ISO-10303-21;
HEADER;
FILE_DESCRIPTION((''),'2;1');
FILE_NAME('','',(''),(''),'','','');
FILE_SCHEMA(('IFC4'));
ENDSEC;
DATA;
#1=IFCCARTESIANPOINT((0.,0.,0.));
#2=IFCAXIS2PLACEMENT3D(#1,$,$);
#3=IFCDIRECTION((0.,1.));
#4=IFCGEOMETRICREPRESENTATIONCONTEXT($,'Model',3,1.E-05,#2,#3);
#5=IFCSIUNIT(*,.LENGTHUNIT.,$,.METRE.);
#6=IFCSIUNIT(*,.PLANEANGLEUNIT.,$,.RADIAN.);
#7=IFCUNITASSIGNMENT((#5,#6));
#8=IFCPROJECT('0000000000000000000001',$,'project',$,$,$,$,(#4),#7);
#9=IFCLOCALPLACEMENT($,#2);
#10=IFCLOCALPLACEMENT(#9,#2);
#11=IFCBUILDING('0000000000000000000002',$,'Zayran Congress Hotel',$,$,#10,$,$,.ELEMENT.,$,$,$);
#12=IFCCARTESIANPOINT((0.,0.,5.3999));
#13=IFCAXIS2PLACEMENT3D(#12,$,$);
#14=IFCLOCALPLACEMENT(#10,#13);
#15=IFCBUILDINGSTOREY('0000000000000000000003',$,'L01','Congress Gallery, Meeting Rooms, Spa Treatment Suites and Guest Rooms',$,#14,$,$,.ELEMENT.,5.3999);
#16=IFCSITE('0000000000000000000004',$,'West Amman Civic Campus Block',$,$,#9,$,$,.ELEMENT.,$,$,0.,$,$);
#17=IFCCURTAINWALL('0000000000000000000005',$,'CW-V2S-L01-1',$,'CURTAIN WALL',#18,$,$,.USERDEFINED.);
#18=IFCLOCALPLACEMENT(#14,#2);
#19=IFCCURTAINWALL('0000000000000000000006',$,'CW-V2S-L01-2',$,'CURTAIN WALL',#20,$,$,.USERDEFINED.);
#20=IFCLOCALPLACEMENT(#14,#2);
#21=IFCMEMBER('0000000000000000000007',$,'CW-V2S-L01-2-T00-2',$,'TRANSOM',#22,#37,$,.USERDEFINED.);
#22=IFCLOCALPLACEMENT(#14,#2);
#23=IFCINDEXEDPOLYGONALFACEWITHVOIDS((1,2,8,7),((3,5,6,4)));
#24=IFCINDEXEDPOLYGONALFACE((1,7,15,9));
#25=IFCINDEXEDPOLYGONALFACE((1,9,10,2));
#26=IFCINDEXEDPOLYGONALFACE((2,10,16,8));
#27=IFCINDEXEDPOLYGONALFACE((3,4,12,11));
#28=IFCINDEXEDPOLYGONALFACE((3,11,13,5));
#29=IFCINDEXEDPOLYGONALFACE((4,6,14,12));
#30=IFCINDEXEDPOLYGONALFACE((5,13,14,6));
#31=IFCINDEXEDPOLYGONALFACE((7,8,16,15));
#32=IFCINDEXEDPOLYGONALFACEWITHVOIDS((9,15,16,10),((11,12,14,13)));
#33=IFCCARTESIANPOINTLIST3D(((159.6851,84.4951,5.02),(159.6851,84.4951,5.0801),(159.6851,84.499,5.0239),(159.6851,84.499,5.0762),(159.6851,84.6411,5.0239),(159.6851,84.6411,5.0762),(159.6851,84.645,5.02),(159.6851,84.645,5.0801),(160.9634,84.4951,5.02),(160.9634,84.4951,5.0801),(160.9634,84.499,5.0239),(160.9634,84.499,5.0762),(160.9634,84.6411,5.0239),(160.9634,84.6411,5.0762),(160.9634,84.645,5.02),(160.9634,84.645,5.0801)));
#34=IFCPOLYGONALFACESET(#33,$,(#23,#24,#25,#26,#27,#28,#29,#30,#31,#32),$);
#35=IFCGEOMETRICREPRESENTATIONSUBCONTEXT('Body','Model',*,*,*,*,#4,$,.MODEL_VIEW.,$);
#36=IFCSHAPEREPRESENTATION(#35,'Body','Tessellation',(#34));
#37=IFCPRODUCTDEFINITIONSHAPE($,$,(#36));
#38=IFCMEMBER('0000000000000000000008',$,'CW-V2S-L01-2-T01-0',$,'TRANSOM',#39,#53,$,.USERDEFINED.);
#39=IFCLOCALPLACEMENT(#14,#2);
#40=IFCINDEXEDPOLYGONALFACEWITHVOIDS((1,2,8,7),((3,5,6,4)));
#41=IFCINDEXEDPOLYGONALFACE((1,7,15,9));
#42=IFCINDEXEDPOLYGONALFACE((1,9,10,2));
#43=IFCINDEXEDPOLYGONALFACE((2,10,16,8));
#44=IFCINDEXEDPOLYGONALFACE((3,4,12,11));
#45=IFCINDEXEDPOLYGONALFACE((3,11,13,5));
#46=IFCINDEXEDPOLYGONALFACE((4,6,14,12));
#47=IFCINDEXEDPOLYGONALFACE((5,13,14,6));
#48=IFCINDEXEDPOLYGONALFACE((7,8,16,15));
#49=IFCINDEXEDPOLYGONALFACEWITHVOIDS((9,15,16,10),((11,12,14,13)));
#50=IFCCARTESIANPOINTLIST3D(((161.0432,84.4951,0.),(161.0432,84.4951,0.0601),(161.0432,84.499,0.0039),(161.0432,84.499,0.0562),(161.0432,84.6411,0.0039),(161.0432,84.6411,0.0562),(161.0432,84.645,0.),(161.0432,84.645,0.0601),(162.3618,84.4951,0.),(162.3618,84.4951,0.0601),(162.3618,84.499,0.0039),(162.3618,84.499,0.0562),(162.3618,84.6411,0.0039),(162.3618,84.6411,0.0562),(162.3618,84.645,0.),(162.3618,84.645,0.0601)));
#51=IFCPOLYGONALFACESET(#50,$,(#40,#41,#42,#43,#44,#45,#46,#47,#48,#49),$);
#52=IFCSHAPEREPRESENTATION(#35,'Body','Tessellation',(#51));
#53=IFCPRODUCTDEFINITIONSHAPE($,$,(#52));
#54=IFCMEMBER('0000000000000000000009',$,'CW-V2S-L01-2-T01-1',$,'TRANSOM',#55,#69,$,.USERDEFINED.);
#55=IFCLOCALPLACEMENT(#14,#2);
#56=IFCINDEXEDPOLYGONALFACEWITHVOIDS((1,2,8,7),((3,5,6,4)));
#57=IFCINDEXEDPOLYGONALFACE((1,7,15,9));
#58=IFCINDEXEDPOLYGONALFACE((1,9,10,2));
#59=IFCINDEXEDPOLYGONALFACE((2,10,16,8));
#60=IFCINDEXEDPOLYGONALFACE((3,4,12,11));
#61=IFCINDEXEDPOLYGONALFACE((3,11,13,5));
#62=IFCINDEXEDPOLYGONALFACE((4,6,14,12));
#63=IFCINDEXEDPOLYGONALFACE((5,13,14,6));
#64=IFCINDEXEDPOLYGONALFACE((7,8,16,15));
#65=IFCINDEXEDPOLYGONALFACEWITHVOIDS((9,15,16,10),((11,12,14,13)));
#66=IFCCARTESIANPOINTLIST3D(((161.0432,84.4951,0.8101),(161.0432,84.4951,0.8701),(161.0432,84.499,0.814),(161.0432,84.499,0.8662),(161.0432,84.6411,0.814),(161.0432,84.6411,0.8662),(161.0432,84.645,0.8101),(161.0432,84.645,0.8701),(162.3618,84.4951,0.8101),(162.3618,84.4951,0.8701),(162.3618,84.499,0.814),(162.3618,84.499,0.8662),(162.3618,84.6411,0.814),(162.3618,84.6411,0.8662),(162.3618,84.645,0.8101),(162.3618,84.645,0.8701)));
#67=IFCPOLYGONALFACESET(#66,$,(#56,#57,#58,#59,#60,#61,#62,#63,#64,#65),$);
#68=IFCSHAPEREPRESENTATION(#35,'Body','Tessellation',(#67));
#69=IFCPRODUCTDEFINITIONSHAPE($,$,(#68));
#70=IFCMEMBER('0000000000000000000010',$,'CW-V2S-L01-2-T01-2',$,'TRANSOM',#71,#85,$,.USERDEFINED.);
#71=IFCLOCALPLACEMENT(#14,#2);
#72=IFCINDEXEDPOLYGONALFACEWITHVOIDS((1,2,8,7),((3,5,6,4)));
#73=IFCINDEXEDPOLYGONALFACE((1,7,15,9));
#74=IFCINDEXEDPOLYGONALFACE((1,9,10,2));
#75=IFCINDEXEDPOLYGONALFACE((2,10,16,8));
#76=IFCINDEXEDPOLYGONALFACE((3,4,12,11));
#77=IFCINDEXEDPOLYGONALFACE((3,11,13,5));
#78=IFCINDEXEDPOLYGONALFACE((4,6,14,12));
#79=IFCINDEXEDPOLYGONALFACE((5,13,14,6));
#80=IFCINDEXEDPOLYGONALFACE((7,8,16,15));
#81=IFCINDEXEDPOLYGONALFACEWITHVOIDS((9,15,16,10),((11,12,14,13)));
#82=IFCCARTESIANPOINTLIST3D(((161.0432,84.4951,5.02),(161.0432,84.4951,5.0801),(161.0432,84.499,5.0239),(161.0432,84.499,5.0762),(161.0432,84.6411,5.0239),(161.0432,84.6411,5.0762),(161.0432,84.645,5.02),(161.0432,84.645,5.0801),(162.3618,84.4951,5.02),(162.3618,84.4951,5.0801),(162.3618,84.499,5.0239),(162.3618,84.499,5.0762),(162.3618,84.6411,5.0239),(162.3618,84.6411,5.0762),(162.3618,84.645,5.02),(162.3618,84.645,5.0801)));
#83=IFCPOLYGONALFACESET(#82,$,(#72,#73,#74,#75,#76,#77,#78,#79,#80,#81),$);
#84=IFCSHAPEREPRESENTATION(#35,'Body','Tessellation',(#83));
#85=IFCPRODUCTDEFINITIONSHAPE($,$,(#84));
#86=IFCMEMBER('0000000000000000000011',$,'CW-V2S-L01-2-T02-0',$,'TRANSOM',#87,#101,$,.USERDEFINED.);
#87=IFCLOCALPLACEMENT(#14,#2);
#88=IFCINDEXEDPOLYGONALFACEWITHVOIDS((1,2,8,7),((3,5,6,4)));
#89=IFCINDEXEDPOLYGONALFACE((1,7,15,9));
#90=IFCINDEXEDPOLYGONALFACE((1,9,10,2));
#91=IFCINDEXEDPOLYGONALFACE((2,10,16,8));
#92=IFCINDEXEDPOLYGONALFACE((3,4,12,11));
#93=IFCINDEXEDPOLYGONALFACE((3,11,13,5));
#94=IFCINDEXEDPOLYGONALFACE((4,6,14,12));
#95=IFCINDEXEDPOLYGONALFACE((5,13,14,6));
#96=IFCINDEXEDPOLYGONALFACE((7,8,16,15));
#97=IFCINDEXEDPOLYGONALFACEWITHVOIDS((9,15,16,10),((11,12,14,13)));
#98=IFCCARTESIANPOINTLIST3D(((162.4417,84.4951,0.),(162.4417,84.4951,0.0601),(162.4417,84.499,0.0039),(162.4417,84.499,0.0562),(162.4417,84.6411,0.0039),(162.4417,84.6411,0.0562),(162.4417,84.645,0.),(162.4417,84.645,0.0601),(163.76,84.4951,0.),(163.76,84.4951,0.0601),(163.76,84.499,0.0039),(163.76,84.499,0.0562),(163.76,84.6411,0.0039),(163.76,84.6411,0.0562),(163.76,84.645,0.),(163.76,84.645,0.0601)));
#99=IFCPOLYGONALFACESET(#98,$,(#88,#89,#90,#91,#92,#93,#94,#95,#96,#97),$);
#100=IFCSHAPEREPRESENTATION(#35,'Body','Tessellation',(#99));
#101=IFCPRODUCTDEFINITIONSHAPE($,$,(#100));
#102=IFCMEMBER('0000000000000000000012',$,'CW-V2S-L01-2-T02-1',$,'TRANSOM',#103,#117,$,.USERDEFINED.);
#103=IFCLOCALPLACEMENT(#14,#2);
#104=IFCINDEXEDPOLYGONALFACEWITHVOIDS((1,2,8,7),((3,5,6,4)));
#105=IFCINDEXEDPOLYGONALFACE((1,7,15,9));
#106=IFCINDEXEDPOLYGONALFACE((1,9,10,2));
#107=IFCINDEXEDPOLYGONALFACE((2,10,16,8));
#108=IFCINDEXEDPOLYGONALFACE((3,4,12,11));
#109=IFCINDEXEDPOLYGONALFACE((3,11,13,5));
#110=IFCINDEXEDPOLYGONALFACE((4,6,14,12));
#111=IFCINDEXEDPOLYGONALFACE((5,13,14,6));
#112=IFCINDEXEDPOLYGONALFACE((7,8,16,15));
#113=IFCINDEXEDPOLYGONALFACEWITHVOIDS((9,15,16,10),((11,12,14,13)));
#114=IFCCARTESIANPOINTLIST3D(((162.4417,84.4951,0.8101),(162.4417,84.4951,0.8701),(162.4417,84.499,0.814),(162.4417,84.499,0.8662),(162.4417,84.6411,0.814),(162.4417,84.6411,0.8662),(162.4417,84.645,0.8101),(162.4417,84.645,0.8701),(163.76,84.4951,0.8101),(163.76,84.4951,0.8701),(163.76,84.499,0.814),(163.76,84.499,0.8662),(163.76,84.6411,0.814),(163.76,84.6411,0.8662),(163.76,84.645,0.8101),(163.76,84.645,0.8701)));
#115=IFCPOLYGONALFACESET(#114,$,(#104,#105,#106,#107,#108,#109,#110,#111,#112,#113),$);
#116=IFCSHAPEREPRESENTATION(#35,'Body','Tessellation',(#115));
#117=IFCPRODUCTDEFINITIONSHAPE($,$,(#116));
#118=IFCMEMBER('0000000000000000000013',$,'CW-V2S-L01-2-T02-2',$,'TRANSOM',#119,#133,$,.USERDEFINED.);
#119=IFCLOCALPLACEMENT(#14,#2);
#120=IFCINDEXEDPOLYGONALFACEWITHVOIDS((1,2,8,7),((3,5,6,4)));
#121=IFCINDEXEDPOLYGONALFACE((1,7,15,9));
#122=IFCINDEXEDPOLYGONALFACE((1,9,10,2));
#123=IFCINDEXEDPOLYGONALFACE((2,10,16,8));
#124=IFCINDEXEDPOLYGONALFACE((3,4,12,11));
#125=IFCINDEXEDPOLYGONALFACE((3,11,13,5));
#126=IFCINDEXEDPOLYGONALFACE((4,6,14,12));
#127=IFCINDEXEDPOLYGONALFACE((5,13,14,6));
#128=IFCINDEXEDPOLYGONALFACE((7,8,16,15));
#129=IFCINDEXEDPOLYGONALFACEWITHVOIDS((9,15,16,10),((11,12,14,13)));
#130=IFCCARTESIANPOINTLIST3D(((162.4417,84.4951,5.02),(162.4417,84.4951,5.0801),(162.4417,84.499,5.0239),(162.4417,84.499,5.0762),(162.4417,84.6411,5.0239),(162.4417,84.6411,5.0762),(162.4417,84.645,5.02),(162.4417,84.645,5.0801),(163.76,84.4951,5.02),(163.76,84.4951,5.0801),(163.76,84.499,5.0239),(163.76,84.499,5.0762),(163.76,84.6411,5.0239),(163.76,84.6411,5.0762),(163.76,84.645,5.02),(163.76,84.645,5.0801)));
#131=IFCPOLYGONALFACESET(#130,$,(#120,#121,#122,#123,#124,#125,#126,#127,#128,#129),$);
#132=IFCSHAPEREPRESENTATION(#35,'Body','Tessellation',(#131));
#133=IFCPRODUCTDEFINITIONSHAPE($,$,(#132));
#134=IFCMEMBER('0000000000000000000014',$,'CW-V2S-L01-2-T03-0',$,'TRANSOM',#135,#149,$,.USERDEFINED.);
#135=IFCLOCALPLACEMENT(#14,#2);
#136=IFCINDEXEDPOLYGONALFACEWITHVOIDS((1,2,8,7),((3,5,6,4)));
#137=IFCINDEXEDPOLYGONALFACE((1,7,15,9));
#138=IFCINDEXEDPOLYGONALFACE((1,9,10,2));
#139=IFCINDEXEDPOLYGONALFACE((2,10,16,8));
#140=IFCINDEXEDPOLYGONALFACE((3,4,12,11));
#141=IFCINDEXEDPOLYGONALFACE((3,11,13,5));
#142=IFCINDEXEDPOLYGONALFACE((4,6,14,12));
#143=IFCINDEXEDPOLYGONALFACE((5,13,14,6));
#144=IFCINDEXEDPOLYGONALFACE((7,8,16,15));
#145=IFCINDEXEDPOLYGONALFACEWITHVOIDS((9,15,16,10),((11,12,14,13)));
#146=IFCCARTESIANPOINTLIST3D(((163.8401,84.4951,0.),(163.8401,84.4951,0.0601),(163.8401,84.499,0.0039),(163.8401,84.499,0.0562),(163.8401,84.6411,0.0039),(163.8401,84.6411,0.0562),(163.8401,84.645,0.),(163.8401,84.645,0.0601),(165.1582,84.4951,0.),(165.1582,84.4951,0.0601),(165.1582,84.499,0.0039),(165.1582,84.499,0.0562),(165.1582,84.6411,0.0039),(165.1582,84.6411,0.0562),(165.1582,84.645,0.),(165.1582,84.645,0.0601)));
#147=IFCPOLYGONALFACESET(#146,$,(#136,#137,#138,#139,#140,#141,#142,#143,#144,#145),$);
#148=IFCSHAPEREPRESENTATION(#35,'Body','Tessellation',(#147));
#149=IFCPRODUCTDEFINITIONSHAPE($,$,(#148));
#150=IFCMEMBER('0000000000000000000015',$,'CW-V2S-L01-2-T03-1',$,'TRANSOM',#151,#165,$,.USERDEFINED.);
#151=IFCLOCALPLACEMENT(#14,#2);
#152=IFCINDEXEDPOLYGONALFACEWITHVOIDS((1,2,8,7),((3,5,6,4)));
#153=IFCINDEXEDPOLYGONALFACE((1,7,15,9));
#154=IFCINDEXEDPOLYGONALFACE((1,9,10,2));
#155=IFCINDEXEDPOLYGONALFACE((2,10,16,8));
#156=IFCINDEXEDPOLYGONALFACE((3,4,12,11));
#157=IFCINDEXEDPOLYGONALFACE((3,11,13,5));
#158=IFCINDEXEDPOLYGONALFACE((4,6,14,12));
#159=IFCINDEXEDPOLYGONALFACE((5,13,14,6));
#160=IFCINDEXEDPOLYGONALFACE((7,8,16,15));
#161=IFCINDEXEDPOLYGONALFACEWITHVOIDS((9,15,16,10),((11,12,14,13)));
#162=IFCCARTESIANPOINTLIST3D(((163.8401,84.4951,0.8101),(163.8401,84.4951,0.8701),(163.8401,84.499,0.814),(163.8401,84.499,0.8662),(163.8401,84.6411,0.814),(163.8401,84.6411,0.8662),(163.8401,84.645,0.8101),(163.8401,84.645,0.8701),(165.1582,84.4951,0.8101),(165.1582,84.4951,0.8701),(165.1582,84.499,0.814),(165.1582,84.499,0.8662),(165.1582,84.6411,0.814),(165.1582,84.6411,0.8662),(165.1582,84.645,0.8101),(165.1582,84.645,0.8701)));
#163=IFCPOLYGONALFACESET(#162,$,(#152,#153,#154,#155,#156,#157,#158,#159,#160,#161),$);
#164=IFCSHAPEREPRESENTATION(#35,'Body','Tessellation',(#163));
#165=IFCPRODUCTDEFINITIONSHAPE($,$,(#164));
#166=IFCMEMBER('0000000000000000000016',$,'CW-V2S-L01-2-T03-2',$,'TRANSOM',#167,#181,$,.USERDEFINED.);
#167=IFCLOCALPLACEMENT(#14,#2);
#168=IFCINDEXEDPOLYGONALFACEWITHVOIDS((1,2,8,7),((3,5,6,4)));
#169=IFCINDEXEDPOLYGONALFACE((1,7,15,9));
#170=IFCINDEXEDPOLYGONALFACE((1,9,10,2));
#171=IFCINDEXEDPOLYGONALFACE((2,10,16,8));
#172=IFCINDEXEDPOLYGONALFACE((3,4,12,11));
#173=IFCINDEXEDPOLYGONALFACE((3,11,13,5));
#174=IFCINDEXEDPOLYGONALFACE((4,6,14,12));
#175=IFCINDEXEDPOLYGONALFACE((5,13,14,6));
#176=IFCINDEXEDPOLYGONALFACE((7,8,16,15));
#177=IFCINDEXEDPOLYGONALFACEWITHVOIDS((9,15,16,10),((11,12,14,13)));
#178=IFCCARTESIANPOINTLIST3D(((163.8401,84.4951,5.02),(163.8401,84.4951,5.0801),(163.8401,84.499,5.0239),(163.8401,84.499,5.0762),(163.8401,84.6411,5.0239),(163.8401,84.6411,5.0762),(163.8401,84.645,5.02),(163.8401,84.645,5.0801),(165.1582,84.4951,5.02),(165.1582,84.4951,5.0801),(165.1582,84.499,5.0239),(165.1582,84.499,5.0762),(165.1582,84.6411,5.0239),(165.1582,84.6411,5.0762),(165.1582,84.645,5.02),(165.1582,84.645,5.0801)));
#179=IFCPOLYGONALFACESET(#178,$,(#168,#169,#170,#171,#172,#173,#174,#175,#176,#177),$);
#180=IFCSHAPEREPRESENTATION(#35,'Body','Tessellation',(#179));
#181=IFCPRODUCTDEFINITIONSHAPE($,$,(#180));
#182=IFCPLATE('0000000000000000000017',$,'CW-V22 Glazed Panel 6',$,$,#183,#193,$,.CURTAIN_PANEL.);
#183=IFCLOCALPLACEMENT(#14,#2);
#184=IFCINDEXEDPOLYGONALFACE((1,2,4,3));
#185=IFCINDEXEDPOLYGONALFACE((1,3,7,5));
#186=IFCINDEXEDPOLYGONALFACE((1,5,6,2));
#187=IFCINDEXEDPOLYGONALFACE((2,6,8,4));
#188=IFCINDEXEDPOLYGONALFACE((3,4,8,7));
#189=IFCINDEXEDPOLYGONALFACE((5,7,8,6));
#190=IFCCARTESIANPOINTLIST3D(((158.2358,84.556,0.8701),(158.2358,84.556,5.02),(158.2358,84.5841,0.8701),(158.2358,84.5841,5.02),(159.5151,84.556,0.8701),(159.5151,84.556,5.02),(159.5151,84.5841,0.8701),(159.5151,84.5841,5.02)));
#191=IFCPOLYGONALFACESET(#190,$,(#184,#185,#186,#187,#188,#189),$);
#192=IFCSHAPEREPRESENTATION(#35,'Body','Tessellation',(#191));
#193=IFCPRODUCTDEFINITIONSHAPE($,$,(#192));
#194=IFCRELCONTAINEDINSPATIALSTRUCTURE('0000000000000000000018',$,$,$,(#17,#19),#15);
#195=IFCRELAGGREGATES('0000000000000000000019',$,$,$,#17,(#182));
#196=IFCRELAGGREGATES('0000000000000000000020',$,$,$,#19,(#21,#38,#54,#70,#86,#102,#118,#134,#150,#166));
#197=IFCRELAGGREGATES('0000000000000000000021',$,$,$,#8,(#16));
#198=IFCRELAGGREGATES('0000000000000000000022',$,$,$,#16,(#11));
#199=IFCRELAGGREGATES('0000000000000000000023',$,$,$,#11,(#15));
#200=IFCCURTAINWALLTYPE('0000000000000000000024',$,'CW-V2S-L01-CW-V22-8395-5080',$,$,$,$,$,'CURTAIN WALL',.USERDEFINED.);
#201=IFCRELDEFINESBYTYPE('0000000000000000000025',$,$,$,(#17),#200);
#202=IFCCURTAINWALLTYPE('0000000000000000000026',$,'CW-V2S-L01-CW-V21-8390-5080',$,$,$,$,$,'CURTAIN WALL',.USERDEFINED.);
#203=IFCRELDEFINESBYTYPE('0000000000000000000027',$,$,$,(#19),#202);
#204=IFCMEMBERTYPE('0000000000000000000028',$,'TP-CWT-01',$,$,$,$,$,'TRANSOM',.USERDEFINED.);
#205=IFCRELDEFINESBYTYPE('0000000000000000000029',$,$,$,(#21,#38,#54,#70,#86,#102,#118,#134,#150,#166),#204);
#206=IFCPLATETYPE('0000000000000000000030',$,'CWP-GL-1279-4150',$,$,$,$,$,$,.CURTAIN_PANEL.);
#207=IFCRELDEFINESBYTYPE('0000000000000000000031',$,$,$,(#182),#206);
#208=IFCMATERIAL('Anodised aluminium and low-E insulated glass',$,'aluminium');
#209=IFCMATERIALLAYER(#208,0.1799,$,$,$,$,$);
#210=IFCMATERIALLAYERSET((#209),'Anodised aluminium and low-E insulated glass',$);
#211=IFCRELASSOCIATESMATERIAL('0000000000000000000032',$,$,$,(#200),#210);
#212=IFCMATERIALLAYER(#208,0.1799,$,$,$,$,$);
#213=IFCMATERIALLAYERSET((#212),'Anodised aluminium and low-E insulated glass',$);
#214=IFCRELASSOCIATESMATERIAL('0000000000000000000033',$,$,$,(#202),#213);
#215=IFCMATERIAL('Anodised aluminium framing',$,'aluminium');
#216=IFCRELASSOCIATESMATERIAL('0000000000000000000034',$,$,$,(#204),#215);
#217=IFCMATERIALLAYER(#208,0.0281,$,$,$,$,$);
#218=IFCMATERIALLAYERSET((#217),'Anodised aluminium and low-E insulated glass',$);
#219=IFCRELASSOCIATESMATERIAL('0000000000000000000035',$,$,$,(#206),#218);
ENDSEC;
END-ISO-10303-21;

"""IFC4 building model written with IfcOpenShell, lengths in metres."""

from ifc_helpers import new_model, si_unit, direction, frame, origin, origin_2d, place, context, subcontext, project, spatial, rectangle, hollow_rectangle, extrude, material, layer, layer_set, material_profile, profile_set, type_object, element, aggregate, save


model = new_model("IFC4")

# Units and contexts
model_context = context("Model", 3, precision=1e-05, world=origin(), true_north=direction((0.0, 1.0)))
body_context = subcontext(model_context, "Body", "Model", "MODEL_VIEW")
ifc_project = project(units=[si_unit("LENGTHUNIT", "METRE"), si_unit("PLANEANGLEUNIT", "RADIAN")], contexts=[model_context])

# Site, building, storey
site_placement = place(None, origin())
site = spatial("IfcSite", under=ifc_project, at=site_placement, Name="West Amman Civic Campus Block", CompositionType="ELEMENT", RefElevation=0.0)
building_placement = place(site_placement, origin())
building = spatial("IfcBuilding", under=site, at=building_placement, Name="Zayran Congress Hotel", CompositionType="ELEMENT")
storey_placement = place(building_placement, frame((0.0, 0.0, 5.3999)))
storey = spatial("IfcBuildingStorey", under=building, at=storey_placement, Name="L01", Description="Congress Gallery, Meeting Rooms, Spa Treatment Suites and Guest Rooms", CompositionType="ELEMENT", Elevation=5.3999)

# Curtain walls
ifc_material_1 = material(Name="Anodised aluminium and low-E insulated glass", Category="aluminium")
ifc_layer_1 = layer(ifc_material_1, 0.1799)
ifc_layer_set_1 = layer_set([ifc_layer_1], Name="Anodised aluminium and low-E insulated glass")
curtain_wall_type_1 = type_object("IfcCurtainWallType", Name="CW-V2S-L01-CW-V22-8395-5080", ElementType="CURTAIN WALL", PredefinedType="USERDEFINED", material=ifc_layer_set_1)
curtain_wall_1_placement = place(storey_placement, origin())
curtain_wall_1 = element("IfcCurtainWall", 1, at=curtain_wall_1_placement, inside=storey, type_object=curtain_wall_type_1, Name="CW-V2S-L01-1", ObjectType="CURTAIN WALL", PredefinedType="USERDEFINED")
ifc_material_2 = material(Name="Anodised aluminium framing", Category="aluminium")
ifc_layer_2 = layer(ifc_material_1, 0.1799)
ifc_layer_set_2 = layer_set([ifc_layer_2], Name="Anodised aluminium and low-E insulated glass")
curtain_wall_type_2 = type_object("IfcCurtainWallType", Name="CW-V2S-L01-CW-V21-8390-5080", ElementType="CURTAIN WALL", PredefinedType="USERDEFINED", material=ifc_layer_set_2)
curtain_wall_2_placement = place(storey_placement, origin())
curtain_wall_2 = element("IfcCurtainWall", 2, at=curtain_wall_2_placement, inside=storey, type_object=curtain_wall_type_2, Name="CW-V2S-L01-2", ObjectType="CURTAIN WALL", PredefinedType="USERDEFINED")

# Members
ifc_material_profile_1 = material_profile(ifc_material_2, hollow_rectangle(XDim=0.0601, YDim=0.1499, WallThickness=0.0039, at=origin_2d()), Name="RHS 150x60x4")
ifc_profile_set_1 = profile_set([ifc_material_profile_1], Name="Anodised aluminium framing")
member_type_1 = type_object("IfcMemberType", Name="TP-CWT-01", ElementType="TRANSOM", PredefinedType="USERDEFINED", material=ifc_profile_set_1)
member_1_placement = place(storey_placement, frame((159.6851, 84.5701, 5.05), z_axis=(1.0, 0.0, 0.0), x_axis=(0.0, 0.0, 1.0)))
member_1 = element("IfcMember", 3, at=member_1_placement, type_object=member_type_1, Name="CW-V2S-L01-2-T00-2", ObjectType="TRANSOM", PredefinedType="USERDEFINED", context=body_context, shape_type="SweptSolid", body=[
    extrude(hollow_rectangle(XDim=0.0601, YDim=0.1499, WallThickness=0.0039, at=origin_2d()), origin(), (0.0, 0.0, 1.0), 1.2783),
])
member_2_placement = place(storey_placement, frame((161.0432, 84.5701, 0.03), z_axis=(1.0, 0.0, 0.0), x_axis=(0.0, 0.0, 1.0)))
member_2 = element("IfcMember", 4, at=member_2_placement, type_object=member_type_1, Name="CW-V2S-L01-2-T01-0", ObjectType="TRANSOM", PredefinedType="USERDEFINED", context=body_context, shape_type="SweptSolid", body=[
    extrude(hollow_rectangle(XDim=0.0601, YDim=0.1499, WallThickness=0.0039, at=origin_2d()), origin(), (0.0, 0.0, 1.0), 1.3186),
])
member_3_placement = place(storey_placement, frame((161.0432, 84.5701, 0.8401), z_axis=(1.0, 0.0, 0.0), x_axis=(0.0, 0.0, 1.0)))
member_3 = element("IfcMember", 5, at=member_3_placement, type_object=member_type_1, Name="CW-V2S-L01-2-T01-1", ObjectType="TRANSOM", PredefinedType="USERDEFINED", context=body_context, shape_type="SweptSolid", body=[
    extrude(hollow_rectangle(XDim=0.0601, YDim=0.1499, WallThickness=0.0039, at=origin_2d()), origin(), (0.0, 0.0, 1.0), 1.3186),
])
member_4_placement = place(storey_placement, frame((161.0432, 84.5701, 5.05), z_axis=(1.0, 0.0, 0.0), x_axis=(0.0, 0.0, 1.0)))
member_4 = element("IfcMember", 6, at=member_4_placement, type_object=member_type_1, Name="CW-V2S-L01-2-T01-2", ObjectType="TRANSOM", PredefinedType="USERDEFINED", context=body_context, shape_type="SweptSolid", body=[
    extrude(hollow_rectangle(XDim=0.0601, YDim=0.1499, WallThickness=0.0039, at=origin_2d()), origin(), (0.0, 0.0, 1.0), 1.3186),
])
member_5_placement = place(storey_placement, frame((162.4417, 84.5701, 0.03), z_axis=(1.0, 0.0, 0.0), x_axis=(0.0, 0.0, 1.0)))
member_5 = element("IfcMember", 7, at=member_5_placement, type_object=member_type_1, Name="CW-V2S-L01-2-T02-0", ObjectType="TRANSOM", PredefinedType="USERDEFINED", context=body_context, shape_type="SweptSolid", body=[
    extrude(hollow_rectangle(XDim=0.0601, YDim=0.1499, WallThickness=0.0039, at=origin_2d()), origin(), (0.0, 0.0, 1.0), 1.3184),
])
member_6_placement = place(storey_placement, frame((162.4417, 84.5701, 0.8401), z_axis=(1.0, 0.0, 0.0), x_axis=(0.0, 0.0, 1.0)))
member_6 = element("IfcMember", 8, at=member_6_placement, type_object=member_type_1, Name="CW-V2S-L01-2-T02-1", ObjectType="TRANSOM", PredefinedType="USERDEFINED", context=body_context, shape_type="SweptSolid", body=[
    extrude(hollow_rectangle(XDim=0.0601, YDim=0.1499, WallThickness=0.0039, at=origin_2d()), origin(), (0.0, 0.0, 1.0), 1.3184),
])
member_7_placement = place(storey_placement, frame((162.4417, 84.5701, 5.05), z_axis=(1.0, 0.0, 0.0), x_axis=(0.0, 0.0, 1.0)))
member_7 = element("IfcMember", 9, at=member_7_placement, type_object=member_type_1, Name="CW-V2S-L01-2-T02-2", ObjectType="TRANSOM", PredefinedType="USERDEFINED", context=body_context, shape_type="SweptSolid", body=[
    extrude(hollow_rectangle(XDim=0.0601, YDim=0.1499, WallThickness=0.0039, at=origin_2d()), origin(), (0.0, 0.0, 1.0), 1.3184),
])
member_8_placement = place(storey_placement, frame((163.8401, 84.5701, 0.03), z_axis=(1.0, 0.0, 0.0), x_axis=(0.0, 0.0, 1.0)))
member_8 = element("IfcMember", 10, at=member_8_placement, type_object=member_type_1, Name="CW-V2S-L01-2-T03-0", ObjectType="TRANSOM", PredefinedType="USERDEFINED", context=body_context, shape_type="SweptSolid", body=[
    extrude(hollow_rectangle(XDim=0.0601, YDim=0.1499, WallThickness=0.0039, at=origin_2d()), origin(), (0.0, 0.0, 1.0), 1.3181),
])
member_9_placement = place(storey_placement, frame((163.8401, 84.5701, 0.8401), z_axis=(1.0, 0.0, 0.0), x_axis=(0.0, 0.0, 1.0)))
member_9 = element("IfcMember", 11, at=member_9_placement, type_object=member_type_1, Name="CW-V2S-L01-2-T03-1", ObjectType="TRANSOM", PredefinedType="USERDEFINED", context=body_context, shape_type="SweptSolid", body=[
    extrude(hollow_rectangle(XDim=0.0601, YDim=0.1499, WallThickness=0.0039, at=origin_2d()), origin(), (0.0, 0.0, 1.0), 1.3181),
])
member_10_placement = place(storey_placement, frame((163.8401, 84.5701, 5.05), z_axis=(1.0, 0.0, 0.0), x_axis=(0.0, 0.0, 1.0)))
member_10 = element("IfcMember", 12, at=member_10_placement, type_object=member_type_1, Name="CW-V2S-L01-2-T03-2", ObjectType="TRANSOM", PredefinedType="USERDEFINED", context=body_context, shape_type="SweptSolid", body=[
    extrude(hollow_rectangle(XDim=0.0601, YDim=0.1499, WallThickness=0.0039, at=origin_2d()), origin(), (0.0, 0.0, 1.0), 1.3181),
])

# Plate
ifc_layer_3 = layer(ifc_material_1, 0.0281)
ifc_layer_set_3 = layer_set([ifc_layer_3], Name="Anodised aluminium and low-E insulated glass")
plate_type_1 = type_object("IfcPlateType", Name="CWP-GL-1279-4150", PredefinedType="CURTAIN_PANEL", material=ifc_layer_set_3)
plate_1_placement = place(storey_placement, frame((158.8755, 84.5701, 0.8701), z_axis=(0.0, 0.0, 1.0), x_axis=(1.0, 0.0, 0.0)))
plate_1 = element("IfcPlate", 13, at=plate_1_placement, type_object=plate_type_1, Name="CW-V22 Glazed Panel 6", PredefinedType="CURTAIN_PANEL", context=body_context, shape_type="SweptSolid", body=[
    extrude(rectangle(XDim=1.2793, YDim=0.0281, at=origin_2d()), origin(), (0.0, 0.0, 1.0), 4.1499),
])
aggregate(curtain_wall_1, [plate_1])
aggregate(curtain_wall_2, [member_1, member_2, member_3, member_4, member_5, member_6, member_7, member_8, member_9, member_10])

save(model, "model.ifc")
